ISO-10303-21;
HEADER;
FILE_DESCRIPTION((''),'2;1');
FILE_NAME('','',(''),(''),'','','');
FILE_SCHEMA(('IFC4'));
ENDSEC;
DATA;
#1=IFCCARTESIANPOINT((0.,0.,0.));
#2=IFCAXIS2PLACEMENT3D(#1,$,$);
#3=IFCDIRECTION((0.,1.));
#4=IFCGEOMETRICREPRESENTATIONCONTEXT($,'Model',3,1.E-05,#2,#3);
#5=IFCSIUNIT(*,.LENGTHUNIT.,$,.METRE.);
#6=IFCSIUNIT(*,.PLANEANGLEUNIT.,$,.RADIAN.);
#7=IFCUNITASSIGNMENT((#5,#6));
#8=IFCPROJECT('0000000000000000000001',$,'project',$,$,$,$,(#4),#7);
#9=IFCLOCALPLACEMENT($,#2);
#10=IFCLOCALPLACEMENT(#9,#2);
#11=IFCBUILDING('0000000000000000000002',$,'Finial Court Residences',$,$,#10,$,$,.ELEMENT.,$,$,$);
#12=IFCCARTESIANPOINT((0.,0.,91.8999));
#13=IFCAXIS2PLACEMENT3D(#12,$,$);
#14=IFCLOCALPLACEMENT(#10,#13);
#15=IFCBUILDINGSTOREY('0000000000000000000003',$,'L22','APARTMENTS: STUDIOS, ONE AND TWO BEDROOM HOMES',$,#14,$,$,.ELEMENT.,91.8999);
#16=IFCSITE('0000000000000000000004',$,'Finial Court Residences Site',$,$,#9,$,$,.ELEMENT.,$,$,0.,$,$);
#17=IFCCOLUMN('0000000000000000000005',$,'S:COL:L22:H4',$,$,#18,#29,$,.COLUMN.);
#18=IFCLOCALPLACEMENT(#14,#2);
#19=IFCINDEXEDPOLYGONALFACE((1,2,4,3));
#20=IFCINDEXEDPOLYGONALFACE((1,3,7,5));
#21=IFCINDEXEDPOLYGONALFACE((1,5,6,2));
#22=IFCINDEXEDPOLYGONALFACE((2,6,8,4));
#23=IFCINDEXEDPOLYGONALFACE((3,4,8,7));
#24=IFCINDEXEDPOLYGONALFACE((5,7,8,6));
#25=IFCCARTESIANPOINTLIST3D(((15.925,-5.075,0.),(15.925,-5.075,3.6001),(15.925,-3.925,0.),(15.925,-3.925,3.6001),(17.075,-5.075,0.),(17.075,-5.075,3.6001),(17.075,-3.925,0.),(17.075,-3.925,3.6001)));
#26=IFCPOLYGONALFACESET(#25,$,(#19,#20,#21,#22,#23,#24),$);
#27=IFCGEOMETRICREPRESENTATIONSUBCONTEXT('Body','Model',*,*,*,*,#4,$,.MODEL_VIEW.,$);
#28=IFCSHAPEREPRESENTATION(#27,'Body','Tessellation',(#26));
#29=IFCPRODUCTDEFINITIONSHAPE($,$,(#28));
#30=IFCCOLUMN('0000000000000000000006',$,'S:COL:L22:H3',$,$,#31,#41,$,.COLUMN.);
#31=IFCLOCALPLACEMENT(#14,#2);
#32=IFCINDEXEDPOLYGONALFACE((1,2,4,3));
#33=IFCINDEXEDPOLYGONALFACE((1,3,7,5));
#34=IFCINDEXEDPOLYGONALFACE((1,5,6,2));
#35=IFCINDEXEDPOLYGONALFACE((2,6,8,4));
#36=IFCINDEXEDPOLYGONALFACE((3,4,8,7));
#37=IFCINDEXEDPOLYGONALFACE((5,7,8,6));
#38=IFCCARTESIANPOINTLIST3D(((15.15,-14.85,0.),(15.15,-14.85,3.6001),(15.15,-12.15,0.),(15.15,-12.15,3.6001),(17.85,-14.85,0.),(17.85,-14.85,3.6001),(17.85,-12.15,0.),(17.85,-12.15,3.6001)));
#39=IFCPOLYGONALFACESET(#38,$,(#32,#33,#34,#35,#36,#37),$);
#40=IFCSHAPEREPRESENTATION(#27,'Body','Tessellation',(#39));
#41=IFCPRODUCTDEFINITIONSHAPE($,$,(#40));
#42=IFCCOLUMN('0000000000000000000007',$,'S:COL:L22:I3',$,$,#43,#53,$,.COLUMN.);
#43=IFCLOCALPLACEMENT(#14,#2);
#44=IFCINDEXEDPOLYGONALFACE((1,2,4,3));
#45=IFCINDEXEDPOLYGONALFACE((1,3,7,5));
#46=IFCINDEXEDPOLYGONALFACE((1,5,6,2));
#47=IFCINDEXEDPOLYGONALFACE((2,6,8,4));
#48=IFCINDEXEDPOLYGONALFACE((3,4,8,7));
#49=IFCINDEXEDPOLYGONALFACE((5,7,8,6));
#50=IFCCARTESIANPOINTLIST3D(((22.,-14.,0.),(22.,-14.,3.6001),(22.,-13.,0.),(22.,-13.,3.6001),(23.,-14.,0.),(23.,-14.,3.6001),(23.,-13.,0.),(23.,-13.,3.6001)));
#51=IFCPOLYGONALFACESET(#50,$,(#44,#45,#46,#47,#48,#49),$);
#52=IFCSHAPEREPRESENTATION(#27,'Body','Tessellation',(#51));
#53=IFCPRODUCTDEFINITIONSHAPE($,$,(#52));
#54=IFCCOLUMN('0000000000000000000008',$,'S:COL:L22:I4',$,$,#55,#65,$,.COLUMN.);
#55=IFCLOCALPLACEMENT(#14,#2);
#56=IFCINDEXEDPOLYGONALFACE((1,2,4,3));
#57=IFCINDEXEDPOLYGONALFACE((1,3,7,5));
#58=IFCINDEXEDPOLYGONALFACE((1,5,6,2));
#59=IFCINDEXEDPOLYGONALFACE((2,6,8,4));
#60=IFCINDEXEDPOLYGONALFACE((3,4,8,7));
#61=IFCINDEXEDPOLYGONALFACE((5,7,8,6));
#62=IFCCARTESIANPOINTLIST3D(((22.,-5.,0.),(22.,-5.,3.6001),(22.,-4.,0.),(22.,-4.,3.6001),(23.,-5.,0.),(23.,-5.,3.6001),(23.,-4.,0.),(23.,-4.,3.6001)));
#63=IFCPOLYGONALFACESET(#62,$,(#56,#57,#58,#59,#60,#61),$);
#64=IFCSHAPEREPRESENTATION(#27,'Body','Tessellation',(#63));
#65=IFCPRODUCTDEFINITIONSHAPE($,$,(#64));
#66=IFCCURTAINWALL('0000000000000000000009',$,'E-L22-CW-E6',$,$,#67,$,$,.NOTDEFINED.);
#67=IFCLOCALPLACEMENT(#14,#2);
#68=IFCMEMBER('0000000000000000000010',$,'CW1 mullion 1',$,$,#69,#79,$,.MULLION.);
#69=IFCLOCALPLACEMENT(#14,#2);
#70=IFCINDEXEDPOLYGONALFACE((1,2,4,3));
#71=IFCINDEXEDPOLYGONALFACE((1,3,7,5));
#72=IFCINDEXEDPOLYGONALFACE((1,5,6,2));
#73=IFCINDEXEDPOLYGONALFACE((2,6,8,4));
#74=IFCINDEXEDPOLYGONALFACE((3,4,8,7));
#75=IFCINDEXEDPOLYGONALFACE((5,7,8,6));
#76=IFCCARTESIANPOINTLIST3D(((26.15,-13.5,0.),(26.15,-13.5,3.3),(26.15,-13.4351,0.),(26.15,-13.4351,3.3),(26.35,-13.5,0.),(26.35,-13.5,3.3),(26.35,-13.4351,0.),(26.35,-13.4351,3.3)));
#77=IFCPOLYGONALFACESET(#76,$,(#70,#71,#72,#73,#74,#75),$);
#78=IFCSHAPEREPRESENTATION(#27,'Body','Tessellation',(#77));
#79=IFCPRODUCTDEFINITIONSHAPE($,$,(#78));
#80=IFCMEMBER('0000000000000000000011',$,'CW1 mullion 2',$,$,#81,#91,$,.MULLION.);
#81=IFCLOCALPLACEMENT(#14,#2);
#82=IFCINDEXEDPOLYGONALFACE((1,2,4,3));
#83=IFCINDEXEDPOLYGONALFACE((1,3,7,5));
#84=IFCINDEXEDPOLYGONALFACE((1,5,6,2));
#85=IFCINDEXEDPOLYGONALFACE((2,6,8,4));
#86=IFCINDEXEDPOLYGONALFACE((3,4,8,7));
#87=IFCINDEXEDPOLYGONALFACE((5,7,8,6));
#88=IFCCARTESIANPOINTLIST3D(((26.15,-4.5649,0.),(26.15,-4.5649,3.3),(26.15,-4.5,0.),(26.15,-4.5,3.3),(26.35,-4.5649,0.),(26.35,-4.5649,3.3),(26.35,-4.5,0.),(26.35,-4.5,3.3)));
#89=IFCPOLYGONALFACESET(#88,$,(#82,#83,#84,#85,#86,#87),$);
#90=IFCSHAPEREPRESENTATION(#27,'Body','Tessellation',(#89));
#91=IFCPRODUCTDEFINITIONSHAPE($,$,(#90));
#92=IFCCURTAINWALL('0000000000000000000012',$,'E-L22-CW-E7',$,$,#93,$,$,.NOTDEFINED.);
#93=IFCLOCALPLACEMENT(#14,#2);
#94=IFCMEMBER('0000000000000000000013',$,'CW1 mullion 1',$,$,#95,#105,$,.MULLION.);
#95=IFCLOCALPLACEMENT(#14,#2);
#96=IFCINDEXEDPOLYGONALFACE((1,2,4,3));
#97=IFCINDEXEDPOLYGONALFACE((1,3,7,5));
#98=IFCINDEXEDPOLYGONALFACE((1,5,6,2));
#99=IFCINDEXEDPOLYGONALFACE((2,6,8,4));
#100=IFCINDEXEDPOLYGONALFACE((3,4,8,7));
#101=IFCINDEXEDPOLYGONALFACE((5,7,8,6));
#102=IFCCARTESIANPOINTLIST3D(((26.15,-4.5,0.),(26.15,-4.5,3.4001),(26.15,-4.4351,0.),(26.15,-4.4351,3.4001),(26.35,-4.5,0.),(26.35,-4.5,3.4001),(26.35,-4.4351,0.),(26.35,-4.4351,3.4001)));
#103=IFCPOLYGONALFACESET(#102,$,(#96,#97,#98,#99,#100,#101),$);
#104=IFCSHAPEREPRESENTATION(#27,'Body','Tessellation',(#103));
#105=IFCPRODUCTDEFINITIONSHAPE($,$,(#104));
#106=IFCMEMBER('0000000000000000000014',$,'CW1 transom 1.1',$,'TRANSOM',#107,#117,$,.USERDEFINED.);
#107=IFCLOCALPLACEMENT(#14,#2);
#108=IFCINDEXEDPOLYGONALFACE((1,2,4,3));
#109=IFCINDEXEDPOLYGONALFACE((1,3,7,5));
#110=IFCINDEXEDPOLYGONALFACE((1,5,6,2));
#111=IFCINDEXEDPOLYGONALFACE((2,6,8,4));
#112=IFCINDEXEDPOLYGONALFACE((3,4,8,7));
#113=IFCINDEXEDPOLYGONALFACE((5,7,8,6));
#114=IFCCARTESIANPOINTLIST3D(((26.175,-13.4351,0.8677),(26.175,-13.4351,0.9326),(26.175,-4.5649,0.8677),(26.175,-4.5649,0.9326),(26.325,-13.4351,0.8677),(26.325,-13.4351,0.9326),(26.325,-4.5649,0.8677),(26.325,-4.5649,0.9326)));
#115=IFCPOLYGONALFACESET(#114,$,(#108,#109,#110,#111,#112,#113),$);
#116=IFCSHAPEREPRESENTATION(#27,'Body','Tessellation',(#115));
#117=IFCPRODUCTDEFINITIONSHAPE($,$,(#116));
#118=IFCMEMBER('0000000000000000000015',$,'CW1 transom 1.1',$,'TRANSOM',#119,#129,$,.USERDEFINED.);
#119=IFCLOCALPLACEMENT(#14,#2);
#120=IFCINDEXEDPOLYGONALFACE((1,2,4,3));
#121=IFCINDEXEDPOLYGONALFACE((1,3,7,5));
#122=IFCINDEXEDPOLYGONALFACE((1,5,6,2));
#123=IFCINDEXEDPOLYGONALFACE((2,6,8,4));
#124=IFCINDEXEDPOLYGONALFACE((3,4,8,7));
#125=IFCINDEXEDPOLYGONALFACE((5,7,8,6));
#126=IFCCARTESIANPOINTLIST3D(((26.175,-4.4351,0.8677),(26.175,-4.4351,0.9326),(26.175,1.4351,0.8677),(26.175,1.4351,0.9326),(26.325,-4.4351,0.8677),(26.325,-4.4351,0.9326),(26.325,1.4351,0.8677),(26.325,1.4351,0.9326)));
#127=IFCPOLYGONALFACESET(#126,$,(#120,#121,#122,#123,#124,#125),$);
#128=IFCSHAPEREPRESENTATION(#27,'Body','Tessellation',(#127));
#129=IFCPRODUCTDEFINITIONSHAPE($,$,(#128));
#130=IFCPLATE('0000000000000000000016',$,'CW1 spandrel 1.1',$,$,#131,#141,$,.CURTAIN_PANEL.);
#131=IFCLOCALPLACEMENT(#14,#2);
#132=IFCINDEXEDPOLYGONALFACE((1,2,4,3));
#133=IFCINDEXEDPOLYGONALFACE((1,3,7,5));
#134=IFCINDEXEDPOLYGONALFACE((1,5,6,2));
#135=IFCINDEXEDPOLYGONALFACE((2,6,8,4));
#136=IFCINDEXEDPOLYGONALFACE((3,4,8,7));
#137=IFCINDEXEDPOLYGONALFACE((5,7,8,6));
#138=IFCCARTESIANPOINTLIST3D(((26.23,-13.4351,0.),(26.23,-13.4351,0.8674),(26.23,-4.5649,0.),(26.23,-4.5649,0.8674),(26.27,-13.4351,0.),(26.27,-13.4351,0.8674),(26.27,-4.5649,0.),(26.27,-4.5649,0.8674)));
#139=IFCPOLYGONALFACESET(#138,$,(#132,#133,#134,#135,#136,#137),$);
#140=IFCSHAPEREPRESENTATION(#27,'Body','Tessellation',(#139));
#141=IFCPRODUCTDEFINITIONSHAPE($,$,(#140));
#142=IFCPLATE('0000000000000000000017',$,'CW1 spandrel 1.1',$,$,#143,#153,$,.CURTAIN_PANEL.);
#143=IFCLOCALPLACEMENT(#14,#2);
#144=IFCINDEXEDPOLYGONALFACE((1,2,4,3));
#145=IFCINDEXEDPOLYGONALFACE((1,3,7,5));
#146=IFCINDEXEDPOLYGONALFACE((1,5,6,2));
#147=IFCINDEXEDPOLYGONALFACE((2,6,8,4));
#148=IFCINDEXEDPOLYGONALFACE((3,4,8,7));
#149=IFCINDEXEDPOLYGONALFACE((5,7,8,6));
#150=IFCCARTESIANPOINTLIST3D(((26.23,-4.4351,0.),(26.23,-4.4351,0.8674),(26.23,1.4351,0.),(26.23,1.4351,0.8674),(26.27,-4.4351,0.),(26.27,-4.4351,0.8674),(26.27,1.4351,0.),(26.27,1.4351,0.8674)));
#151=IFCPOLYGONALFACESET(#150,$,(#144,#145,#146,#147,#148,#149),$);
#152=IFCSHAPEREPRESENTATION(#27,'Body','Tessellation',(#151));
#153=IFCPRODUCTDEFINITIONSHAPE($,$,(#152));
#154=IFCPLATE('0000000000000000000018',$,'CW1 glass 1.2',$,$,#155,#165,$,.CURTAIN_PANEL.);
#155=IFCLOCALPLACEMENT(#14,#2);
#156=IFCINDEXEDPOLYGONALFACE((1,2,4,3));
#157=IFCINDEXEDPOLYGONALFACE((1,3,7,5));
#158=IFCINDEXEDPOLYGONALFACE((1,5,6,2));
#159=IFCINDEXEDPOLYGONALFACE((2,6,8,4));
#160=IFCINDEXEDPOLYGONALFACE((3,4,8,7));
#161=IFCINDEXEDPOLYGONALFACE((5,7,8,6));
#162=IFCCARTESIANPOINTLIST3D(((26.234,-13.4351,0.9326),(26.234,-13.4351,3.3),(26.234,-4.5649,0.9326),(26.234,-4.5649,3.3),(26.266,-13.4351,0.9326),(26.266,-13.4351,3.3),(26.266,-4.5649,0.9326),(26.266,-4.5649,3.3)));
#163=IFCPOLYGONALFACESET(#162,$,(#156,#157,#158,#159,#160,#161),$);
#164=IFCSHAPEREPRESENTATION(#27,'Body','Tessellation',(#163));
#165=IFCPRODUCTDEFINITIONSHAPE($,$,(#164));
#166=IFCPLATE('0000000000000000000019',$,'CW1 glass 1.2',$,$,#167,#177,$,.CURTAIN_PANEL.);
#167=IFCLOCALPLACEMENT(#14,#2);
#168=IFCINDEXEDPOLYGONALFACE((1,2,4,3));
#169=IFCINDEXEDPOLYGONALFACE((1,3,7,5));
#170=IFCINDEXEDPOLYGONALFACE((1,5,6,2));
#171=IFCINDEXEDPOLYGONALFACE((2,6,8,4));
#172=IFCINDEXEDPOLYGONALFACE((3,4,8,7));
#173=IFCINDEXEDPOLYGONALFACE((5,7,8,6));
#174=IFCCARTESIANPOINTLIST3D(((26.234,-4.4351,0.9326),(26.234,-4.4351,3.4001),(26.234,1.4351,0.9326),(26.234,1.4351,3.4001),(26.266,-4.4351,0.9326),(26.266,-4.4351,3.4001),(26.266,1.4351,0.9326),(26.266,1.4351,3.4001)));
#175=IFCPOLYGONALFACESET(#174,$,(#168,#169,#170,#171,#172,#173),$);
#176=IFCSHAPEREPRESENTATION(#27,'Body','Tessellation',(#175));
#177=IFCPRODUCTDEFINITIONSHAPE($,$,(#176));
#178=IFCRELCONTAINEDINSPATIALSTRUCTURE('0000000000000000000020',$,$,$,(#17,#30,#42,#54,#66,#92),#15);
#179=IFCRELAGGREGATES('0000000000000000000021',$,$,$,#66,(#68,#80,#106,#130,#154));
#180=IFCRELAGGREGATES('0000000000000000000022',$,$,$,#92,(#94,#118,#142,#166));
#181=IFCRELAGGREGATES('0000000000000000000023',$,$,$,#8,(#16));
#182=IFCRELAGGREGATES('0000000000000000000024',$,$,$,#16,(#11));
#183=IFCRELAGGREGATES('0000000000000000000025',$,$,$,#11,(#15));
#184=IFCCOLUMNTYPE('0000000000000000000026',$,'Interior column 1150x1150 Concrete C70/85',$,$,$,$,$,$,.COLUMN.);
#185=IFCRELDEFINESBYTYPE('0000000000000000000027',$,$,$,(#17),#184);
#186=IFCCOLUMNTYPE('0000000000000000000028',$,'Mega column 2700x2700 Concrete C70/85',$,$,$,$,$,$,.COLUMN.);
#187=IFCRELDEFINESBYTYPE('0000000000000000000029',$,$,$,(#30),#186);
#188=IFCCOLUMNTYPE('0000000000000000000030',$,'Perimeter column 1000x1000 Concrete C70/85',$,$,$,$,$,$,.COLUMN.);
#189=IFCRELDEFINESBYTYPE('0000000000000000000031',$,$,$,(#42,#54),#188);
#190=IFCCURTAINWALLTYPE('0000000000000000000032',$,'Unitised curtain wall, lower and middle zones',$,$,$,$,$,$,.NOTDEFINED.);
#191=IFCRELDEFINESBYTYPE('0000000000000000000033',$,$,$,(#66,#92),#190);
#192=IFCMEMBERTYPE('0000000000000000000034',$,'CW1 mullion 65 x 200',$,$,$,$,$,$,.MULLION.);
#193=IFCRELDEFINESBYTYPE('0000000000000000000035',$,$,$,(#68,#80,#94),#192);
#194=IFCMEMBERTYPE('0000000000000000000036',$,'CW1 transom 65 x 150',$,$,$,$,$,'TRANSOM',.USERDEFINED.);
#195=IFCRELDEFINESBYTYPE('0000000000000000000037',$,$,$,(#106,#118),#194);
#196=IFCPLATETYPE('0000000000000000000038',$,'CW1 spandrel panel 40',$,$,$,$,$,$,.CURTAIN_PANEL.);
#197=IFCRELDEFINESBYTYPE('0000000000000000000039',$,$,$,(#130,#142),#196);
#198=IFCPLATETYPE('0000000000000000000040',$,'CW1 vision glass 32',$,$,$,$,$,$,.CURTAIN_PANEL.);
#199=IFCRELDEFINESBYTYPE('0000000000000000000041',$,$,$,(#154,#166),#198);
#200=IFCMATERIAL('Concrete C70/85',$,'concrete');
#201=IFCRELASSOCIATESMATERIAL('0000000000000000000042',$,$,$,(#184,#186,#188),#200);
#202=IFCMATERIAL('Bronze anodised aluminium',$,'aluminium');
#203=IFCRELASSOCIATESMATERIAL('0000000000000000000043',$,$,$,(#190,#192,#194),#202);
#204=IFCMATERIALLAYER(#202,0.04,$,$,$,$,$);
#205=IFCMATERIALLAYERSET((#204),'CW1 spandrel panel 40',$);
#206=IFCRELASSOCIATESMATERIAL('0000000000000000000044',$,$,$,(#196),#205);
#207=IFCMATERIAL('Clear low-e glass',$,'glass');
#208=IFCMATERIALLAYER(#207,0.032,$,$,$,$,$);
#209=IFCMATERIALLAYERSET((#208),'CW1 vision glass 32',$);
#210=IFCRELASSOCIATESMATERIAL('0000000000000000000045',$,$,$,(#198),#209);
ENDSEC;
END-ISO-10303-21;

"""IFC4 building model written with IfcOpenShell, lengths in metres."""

from ifc_helpers import new_model, si_unit, direction, frame, origin, origin_2d, place, context, subcontext, project, spatial, rectangle, extrude, material, layer, layer_set, material_profile, profile_set, type_object, element, aggregate, save


model = new_model("IFC4")

# Units and contexts
model_context = context("Model", 3, precision=1e-05, world=origin(), true_north=direction((0.0, 1.0)))
body_context = subcontext(model_context, "Body", "Model", "MODEL_VIEW")
ifc_project = project(units=[si_unit("LENGTHUNIT", "METRE"), si_unit("PLANEANGLEUNIT", "RADIAN")], contexts=[model_context])

# Site, building, storey
site_placement = place(None, origin())
site = spatial("IfcSite", under=ifc_project, at=site_placement, Name="Finial Court Residences Site", CompositionType="ELEMENT", RefElevation=0.0)
building_placement = place(site_placement, origin())
building = spatial("IfcBuilding", under=site, at=building_placement, Name="Finial Court Residences", CompositionType="ELEMENT")
storey_placement = place(building_placement, frame((0.0, 0.0, 91.8999)))
storey = spatial("IfcBuildingStorey", under=building, at=storey_placement, Name="L22", Description="APARTMENTS: STUDIOS, ONE AND TWO BEDROOM HOMES", CompositionType="ELEMENT", Elevation=91.8999)

# Columns
ifc_material_1 = material(Name="Concrete C70/85", Category="concrete")
ifc_material_profile_1 = material_profile(ifc_material_1, rectangle(XDim=1.1499, YDim=1.1499, at=origin_2d()), Name="1150x1150")
ifc_profile_set_1 = profile_set([ifc_material_profile_1], Name="Concrete C70/85")
column_type_1 = type_object("IfcColumnType", Name="Interior column 1150x1150 Concrete C70/85", PredefinedType="COLUMN", material=ifc_profile_set_1)
column_1_placement = place(storey_placement, frame((16.5, -4.5, 0.0), z_axis=(0.0, 0.0, 1.0), x_axis=(1.0, 0.0, 0.0)))
element("IfcColumn", 1, at=column_1_placement, inside=storey, type_object=column_type_1, Name="S:COL:L22:H4", PredefinedType="COLUMN", context=body_context, shape_type="SweptSolid", body=[
    extrude(rectangle(XDim=1.1499, YDim=1.1499, at=origin_2d()), origin(), (0.0, 0.0, 1.0), 3.6001),
])
ifc_material_profile_2 = material_profile(ifc_material_1, rectangle(XDim=2.7, YDim=2.7, at=origin_2d()), Name="2700x2700")
ifc_profile_set_2 = profile_set([ifc_material_profile_2], Name="Concrete C70/85")
column_type_2 = type_object("IfcColumnType", Name="Mega column 2700x2700 Concrete C70/85", PredefinedType="COLUMN", material=ifc_profile_set_2)
column_2_placement = place(storey_placement, frame((16.5, -13.5, 0.0), z_axis=(0.0, 0.0, 1.0), x_axis=(1.0, 0.0, 0.0)))
element("IfcColumn", 2, at=column_2_placement, inside=storey, type_object=column_type_2, Name="S:COL:L22:H3", PredefinedType="COLUMN", context=body_context, shape_type="SweptSolid", body=[
    extrude(rectangle(XDim=2.7, YDim=2.7, at=origin_2d()), origin(), (0.0, 0.0, 1.0), 3.6001),
])
ifc_material_profile_3 = material_profile(ifc_material_1, rectangle(XDim=1.0, YDim=1.0, at=origin_2d()), Name="1000x1000")
ifc_profile_set_3 = profile_set([ifc_material_profile_3], Name="Concrete C70/85")
column_type_3 = type_object("IfcColumnType", Name="Perimeter column 1000x1000 Concrete C70/85", PredefinedType="COLUMN", material=ifc_profile_set_3)
for number, where, z_axis, x_axis, name in (
    (3, (22.5, -13.5, 0.0), (0.0, 0.0, 1.0), (1.0, 0.0, 0.0), "S:COL:L22:I3"),
    (4, (22.5, -4.5, 0.0), (0.0, 0.0, 1.0), (1.0, 0.0, 0.0), "S:COL:L22:I4"),
):
    element("IfcColumn", number, at=place(storey_placement, frame(where, z_axis=z_axis, x_axis=x_axis)), inside=storey, type_object=column_type_3, Name=name, PredefinedType="COLUMN", context=body_context, shape_type="SweptSolid", body=[
        extrude(rectangle(XDim=1.0, YDim=1.0, at=origin_2d()), origin(), (0.0, 0.0, 1.0), 3.6001),
    ])

# Curtain wall, members
ifc_material_2 = material(Name="Bronze anodised aluminium", Category="aluminium")
curtain_wall_type = type_object("IfcCurtainWallType", Name="Unitised curtain wall, lower and middle zones", PredefinedType="NOTDEFINED", material=ifc_material_2)
curtain_wall_1_placement = place(storey_placement, origin())
curtain_wall_1 = element("IfcCurtainWall", 5, at=curtain_wall_1_placement, inside=storey, type_object=curtain_wall_type, Name="E-L22-CW-E6", PredefinedType="NOTDEFINED")
ifc_material_profile_4 = material_profile(ifc_material_2, rectangle(XDim=0.2, YDim=0.0649, at=origin_2d()), Name="CW1 mullion 65 x 200")
ifc_profile_set_4 = profile_set([ifc_material_profile_4], Name="Bronze anodised aluminium")
member_type_1 = type_object("IfcMemberType", Name="CW1 mullion 65 x 200", PredefinedType="MULLION", material=ifc_profile_set_4)
member_1_placement = place(storey_placement, frame((26.25, -13.4675, 0.0), z_axis=(0.0, 0.0, 1.0), x_axis=(-1.0, 0.0, 0.0)))
member_1 = element("IfcMember", 6, at=member_1_placement, type_object=member_type_1, Name="CW1 mullion 1", PredefinedType="MULLION", context=body_context, shape_type="SweptSolid", body=[
    extrude(rectangle(XDim=0.2, YDim=0.0649, at=origin_2d()), origin(), (0.0, 0.0, 1.0), 3.3),
])
member_2_placement = place(storey_placement, frame((26.25, -4.5325, 0.0), z_axis=(0.0, 0.0, 1.0), x_axis=(-1.0, 0.0, 0.0)))
member_2 = element("IfcMember", 7, at=member_2_placement, type_object=member_type_1, Name="CW1 mullion 2", PredefinedType="MULLION", context=body_context, shape_type="SweptSolid", body=[
    extrude(rectangle(XDim=0.2, YDim=0.0649, at=origin_2d()), origin(), (0.0, 0.0, 1.0), 3.3),
])

# Curtain wall, member
curtain_wall_2_placement = place(storey_placement, origin())
curtain_wall_2 = element("IfcCurtainWall", 8, at=curtain_wall_2_placement, inside=storey, type_object=curtain_wall_type, Name="E-L22-CW-E7", PredefinedType="NOTDEFINED")
member_3_placement = place(storey_placement, frame((26.25, -4.4675, 0.0), z_axis=(0.0, 0.0, 1.0), x_axis=(-1.0, 0.0, 0.0)))
member_3 = element("IfcMember", 9, at=member_3_placement, type_object=member_type_1, Name="CW1 mullion 1", PredefinedType="MULLION", context=body_context, shape_type="SweptSolid", body=[
    extrude(rectangle(XDim=0.2, YDim=0.0649, at=origin_2d()), origin(), (0.0, 0.0, 1.0), 3.4001),
])

# Members
ifc_material_profile_5 = material_profile(ifc_material_2, rectangle(XDim=0.1499, YDim=0.0649, at=origin_2d()), Name="CW1 transom 65 x 150")
ifc_profile_set_5 = profile_set([ifc_material_profile_5], Name="Bronze anodised aluminium")
member_type_2 = type_object("IfcMemberType", Name="CW1 transom 65 x 150", ElementType="TRANSOM", PredefinedType="USERDEFINED", material=ifc_profile_set_5)
member_4_placement = place(storey_placement, frame((26.25, -13.4351, 0.9001), z_axis=(0.0, 1.0, 0.0), x_axis=(-1.0, 0.0, 0.0)))
member_4 = element("IfcMember", 10, at=member_4_placement, type_object=member_type_2, Name="CW1 transom 1.1", ObjectType="TRANSOM", PredefinedType="USERDEFINED", context=body_context, shape_type="SweptSolid", body=[
    extrude(rectangle(XDim=0.1499, YDim=0.0649, at=origin_2d()), origin(), (0.0, 0.0, 1.0), 8.8701),
])
member_5_placement = place(storey_placement, frame((26.25, -4.4351, 0.9001), z_axis=(0.0, 1.0, 0.0), x_axis=(-1.0, 0.0, 0.0)))
member_5 = element("IfcMember", 11, at=member_5_placement, type_object=member_type_2, Name="CW1 transom 1.1", ObjectType="TRANSOM", PredefinedType="USERDEFINED", context=body_context, shape_type="SweptSolid", body=[
    extrude(rectangle(XDim=0.1499, YDim=0.0649, at=origin_2d()), origin(), (0.0, 0.0, 1.0), 5.8701),
])

# Plates
ifc_layer_1 = layer(ifc_material_2, 0.04)
ifc_layer_set_1 = layer_set([ifc_layer_1], Name="CW1 spandrel panel 40")
plate_type_1 = type_object("IfcPlateType", Name="CW1 spandrel panel 40", PredefinedType="CURTAIN_PANEL", material=ifc_layer_set_1)
plate_1_placement = place(storey_placement, frame((26.25, -9.0, 0.0), z_axis=(0.0, 0.0, 1.0), x_axis=(0.0, 1.0, 0.0)))
plate_1 = element("IfcPlate", 12, at=plate_1_placement, type_object=plate_type_1, Name="CW1 spandrel 1.1", PredefinedType="CURTAIN_PANEL", context=body_context, shape_type="SweptSolid", body=[
    extrude(rectangle(XDim=8.8701, YDim=0.04, at=origin_2d()), origin(), (0.0, 0.0, 1.0), 0.8674),
])
plate_2_placement = place(storey_placement, frame((26.25, -1.5, 0.0), z_axis=(0.0, 0.0, 1.0), x_axis=(0.0, 1.0, 0.0)))
plate_2 = element("IfcPlate", 13, at=plate_2_placement, type_object=plate_type_1, Name="CW1 spandrel 1.1", PredefinedType="CURTAIN_PANEL", context=body_context, shape_type="SweptSolid", body=[
    extrude(rectangle(XDim=5.8701, YDim=0.04, at=origin_2d()), origin(), (0.0, 0.0, 1.0), 0.8674),
])
ifc_material_3 = material(Name="Clear low-e glass", Category="glass")
ifc_layer_2 = layer(ifc_material_3, 0.032)
ifc_layer_set_2 = layer_set([ifc_layer_2], Name="CW1 vision glass 32")
plate_type_2 = type_object("IfcPlateType", Name="CW1 vision glass 32", PredefinedType="CURTAIN_PANEL", material=ifc_layer_set_2)
plate_3_placement = place(storey_placement, frame((26.25, -9.0, 0.9326), z_axis=(0.0, 0.0, 1.0), x_axis=(0.0, 1.0, 0.0)))
plate_3 = element("IfcPlate", 14, at=plate_3_placement, type_object=plate_type_2, Name="CW1 glass 1.2", PredefinedType="CURTAIN_PANEL", context=body_context, shape_type="SweptSolid", body=[
    extrude(rectangle(XDim=8.8701, YDim=0.032, at=origin_2d()), origin(), (0.0, 0.0, 1.0), 2.3674),
])
aggregate(curtain_wall_1, [member_1, member_2, member_4, plate_1, plate_3])
plate_4_placement = place(storey_placement, frame((26.25, -1.5, 0.9326), z_axis=(0.0, 0.0, 1.0), x_axis=(0.0, 1.0, 0.0)))
plate_4 = element("IfcPlate", 15, at=plate_4_placement, type_object=plate_type_2, Name="CW1 glass 1.2", PredefinedType="CURTAIN_PANEL", context=body_context, shape_type="SweptSolid", body=[
    extrude(rectangle(XDim=5.8701, YDim=0.032, at=origin_2d()), origin(), (0.0, 0.0, 1.0), 2.4675),
])
aggregate(curtain_wall_2, [member_3, member_5, plate_2, plate_4])

save(model, "model.ifc")
